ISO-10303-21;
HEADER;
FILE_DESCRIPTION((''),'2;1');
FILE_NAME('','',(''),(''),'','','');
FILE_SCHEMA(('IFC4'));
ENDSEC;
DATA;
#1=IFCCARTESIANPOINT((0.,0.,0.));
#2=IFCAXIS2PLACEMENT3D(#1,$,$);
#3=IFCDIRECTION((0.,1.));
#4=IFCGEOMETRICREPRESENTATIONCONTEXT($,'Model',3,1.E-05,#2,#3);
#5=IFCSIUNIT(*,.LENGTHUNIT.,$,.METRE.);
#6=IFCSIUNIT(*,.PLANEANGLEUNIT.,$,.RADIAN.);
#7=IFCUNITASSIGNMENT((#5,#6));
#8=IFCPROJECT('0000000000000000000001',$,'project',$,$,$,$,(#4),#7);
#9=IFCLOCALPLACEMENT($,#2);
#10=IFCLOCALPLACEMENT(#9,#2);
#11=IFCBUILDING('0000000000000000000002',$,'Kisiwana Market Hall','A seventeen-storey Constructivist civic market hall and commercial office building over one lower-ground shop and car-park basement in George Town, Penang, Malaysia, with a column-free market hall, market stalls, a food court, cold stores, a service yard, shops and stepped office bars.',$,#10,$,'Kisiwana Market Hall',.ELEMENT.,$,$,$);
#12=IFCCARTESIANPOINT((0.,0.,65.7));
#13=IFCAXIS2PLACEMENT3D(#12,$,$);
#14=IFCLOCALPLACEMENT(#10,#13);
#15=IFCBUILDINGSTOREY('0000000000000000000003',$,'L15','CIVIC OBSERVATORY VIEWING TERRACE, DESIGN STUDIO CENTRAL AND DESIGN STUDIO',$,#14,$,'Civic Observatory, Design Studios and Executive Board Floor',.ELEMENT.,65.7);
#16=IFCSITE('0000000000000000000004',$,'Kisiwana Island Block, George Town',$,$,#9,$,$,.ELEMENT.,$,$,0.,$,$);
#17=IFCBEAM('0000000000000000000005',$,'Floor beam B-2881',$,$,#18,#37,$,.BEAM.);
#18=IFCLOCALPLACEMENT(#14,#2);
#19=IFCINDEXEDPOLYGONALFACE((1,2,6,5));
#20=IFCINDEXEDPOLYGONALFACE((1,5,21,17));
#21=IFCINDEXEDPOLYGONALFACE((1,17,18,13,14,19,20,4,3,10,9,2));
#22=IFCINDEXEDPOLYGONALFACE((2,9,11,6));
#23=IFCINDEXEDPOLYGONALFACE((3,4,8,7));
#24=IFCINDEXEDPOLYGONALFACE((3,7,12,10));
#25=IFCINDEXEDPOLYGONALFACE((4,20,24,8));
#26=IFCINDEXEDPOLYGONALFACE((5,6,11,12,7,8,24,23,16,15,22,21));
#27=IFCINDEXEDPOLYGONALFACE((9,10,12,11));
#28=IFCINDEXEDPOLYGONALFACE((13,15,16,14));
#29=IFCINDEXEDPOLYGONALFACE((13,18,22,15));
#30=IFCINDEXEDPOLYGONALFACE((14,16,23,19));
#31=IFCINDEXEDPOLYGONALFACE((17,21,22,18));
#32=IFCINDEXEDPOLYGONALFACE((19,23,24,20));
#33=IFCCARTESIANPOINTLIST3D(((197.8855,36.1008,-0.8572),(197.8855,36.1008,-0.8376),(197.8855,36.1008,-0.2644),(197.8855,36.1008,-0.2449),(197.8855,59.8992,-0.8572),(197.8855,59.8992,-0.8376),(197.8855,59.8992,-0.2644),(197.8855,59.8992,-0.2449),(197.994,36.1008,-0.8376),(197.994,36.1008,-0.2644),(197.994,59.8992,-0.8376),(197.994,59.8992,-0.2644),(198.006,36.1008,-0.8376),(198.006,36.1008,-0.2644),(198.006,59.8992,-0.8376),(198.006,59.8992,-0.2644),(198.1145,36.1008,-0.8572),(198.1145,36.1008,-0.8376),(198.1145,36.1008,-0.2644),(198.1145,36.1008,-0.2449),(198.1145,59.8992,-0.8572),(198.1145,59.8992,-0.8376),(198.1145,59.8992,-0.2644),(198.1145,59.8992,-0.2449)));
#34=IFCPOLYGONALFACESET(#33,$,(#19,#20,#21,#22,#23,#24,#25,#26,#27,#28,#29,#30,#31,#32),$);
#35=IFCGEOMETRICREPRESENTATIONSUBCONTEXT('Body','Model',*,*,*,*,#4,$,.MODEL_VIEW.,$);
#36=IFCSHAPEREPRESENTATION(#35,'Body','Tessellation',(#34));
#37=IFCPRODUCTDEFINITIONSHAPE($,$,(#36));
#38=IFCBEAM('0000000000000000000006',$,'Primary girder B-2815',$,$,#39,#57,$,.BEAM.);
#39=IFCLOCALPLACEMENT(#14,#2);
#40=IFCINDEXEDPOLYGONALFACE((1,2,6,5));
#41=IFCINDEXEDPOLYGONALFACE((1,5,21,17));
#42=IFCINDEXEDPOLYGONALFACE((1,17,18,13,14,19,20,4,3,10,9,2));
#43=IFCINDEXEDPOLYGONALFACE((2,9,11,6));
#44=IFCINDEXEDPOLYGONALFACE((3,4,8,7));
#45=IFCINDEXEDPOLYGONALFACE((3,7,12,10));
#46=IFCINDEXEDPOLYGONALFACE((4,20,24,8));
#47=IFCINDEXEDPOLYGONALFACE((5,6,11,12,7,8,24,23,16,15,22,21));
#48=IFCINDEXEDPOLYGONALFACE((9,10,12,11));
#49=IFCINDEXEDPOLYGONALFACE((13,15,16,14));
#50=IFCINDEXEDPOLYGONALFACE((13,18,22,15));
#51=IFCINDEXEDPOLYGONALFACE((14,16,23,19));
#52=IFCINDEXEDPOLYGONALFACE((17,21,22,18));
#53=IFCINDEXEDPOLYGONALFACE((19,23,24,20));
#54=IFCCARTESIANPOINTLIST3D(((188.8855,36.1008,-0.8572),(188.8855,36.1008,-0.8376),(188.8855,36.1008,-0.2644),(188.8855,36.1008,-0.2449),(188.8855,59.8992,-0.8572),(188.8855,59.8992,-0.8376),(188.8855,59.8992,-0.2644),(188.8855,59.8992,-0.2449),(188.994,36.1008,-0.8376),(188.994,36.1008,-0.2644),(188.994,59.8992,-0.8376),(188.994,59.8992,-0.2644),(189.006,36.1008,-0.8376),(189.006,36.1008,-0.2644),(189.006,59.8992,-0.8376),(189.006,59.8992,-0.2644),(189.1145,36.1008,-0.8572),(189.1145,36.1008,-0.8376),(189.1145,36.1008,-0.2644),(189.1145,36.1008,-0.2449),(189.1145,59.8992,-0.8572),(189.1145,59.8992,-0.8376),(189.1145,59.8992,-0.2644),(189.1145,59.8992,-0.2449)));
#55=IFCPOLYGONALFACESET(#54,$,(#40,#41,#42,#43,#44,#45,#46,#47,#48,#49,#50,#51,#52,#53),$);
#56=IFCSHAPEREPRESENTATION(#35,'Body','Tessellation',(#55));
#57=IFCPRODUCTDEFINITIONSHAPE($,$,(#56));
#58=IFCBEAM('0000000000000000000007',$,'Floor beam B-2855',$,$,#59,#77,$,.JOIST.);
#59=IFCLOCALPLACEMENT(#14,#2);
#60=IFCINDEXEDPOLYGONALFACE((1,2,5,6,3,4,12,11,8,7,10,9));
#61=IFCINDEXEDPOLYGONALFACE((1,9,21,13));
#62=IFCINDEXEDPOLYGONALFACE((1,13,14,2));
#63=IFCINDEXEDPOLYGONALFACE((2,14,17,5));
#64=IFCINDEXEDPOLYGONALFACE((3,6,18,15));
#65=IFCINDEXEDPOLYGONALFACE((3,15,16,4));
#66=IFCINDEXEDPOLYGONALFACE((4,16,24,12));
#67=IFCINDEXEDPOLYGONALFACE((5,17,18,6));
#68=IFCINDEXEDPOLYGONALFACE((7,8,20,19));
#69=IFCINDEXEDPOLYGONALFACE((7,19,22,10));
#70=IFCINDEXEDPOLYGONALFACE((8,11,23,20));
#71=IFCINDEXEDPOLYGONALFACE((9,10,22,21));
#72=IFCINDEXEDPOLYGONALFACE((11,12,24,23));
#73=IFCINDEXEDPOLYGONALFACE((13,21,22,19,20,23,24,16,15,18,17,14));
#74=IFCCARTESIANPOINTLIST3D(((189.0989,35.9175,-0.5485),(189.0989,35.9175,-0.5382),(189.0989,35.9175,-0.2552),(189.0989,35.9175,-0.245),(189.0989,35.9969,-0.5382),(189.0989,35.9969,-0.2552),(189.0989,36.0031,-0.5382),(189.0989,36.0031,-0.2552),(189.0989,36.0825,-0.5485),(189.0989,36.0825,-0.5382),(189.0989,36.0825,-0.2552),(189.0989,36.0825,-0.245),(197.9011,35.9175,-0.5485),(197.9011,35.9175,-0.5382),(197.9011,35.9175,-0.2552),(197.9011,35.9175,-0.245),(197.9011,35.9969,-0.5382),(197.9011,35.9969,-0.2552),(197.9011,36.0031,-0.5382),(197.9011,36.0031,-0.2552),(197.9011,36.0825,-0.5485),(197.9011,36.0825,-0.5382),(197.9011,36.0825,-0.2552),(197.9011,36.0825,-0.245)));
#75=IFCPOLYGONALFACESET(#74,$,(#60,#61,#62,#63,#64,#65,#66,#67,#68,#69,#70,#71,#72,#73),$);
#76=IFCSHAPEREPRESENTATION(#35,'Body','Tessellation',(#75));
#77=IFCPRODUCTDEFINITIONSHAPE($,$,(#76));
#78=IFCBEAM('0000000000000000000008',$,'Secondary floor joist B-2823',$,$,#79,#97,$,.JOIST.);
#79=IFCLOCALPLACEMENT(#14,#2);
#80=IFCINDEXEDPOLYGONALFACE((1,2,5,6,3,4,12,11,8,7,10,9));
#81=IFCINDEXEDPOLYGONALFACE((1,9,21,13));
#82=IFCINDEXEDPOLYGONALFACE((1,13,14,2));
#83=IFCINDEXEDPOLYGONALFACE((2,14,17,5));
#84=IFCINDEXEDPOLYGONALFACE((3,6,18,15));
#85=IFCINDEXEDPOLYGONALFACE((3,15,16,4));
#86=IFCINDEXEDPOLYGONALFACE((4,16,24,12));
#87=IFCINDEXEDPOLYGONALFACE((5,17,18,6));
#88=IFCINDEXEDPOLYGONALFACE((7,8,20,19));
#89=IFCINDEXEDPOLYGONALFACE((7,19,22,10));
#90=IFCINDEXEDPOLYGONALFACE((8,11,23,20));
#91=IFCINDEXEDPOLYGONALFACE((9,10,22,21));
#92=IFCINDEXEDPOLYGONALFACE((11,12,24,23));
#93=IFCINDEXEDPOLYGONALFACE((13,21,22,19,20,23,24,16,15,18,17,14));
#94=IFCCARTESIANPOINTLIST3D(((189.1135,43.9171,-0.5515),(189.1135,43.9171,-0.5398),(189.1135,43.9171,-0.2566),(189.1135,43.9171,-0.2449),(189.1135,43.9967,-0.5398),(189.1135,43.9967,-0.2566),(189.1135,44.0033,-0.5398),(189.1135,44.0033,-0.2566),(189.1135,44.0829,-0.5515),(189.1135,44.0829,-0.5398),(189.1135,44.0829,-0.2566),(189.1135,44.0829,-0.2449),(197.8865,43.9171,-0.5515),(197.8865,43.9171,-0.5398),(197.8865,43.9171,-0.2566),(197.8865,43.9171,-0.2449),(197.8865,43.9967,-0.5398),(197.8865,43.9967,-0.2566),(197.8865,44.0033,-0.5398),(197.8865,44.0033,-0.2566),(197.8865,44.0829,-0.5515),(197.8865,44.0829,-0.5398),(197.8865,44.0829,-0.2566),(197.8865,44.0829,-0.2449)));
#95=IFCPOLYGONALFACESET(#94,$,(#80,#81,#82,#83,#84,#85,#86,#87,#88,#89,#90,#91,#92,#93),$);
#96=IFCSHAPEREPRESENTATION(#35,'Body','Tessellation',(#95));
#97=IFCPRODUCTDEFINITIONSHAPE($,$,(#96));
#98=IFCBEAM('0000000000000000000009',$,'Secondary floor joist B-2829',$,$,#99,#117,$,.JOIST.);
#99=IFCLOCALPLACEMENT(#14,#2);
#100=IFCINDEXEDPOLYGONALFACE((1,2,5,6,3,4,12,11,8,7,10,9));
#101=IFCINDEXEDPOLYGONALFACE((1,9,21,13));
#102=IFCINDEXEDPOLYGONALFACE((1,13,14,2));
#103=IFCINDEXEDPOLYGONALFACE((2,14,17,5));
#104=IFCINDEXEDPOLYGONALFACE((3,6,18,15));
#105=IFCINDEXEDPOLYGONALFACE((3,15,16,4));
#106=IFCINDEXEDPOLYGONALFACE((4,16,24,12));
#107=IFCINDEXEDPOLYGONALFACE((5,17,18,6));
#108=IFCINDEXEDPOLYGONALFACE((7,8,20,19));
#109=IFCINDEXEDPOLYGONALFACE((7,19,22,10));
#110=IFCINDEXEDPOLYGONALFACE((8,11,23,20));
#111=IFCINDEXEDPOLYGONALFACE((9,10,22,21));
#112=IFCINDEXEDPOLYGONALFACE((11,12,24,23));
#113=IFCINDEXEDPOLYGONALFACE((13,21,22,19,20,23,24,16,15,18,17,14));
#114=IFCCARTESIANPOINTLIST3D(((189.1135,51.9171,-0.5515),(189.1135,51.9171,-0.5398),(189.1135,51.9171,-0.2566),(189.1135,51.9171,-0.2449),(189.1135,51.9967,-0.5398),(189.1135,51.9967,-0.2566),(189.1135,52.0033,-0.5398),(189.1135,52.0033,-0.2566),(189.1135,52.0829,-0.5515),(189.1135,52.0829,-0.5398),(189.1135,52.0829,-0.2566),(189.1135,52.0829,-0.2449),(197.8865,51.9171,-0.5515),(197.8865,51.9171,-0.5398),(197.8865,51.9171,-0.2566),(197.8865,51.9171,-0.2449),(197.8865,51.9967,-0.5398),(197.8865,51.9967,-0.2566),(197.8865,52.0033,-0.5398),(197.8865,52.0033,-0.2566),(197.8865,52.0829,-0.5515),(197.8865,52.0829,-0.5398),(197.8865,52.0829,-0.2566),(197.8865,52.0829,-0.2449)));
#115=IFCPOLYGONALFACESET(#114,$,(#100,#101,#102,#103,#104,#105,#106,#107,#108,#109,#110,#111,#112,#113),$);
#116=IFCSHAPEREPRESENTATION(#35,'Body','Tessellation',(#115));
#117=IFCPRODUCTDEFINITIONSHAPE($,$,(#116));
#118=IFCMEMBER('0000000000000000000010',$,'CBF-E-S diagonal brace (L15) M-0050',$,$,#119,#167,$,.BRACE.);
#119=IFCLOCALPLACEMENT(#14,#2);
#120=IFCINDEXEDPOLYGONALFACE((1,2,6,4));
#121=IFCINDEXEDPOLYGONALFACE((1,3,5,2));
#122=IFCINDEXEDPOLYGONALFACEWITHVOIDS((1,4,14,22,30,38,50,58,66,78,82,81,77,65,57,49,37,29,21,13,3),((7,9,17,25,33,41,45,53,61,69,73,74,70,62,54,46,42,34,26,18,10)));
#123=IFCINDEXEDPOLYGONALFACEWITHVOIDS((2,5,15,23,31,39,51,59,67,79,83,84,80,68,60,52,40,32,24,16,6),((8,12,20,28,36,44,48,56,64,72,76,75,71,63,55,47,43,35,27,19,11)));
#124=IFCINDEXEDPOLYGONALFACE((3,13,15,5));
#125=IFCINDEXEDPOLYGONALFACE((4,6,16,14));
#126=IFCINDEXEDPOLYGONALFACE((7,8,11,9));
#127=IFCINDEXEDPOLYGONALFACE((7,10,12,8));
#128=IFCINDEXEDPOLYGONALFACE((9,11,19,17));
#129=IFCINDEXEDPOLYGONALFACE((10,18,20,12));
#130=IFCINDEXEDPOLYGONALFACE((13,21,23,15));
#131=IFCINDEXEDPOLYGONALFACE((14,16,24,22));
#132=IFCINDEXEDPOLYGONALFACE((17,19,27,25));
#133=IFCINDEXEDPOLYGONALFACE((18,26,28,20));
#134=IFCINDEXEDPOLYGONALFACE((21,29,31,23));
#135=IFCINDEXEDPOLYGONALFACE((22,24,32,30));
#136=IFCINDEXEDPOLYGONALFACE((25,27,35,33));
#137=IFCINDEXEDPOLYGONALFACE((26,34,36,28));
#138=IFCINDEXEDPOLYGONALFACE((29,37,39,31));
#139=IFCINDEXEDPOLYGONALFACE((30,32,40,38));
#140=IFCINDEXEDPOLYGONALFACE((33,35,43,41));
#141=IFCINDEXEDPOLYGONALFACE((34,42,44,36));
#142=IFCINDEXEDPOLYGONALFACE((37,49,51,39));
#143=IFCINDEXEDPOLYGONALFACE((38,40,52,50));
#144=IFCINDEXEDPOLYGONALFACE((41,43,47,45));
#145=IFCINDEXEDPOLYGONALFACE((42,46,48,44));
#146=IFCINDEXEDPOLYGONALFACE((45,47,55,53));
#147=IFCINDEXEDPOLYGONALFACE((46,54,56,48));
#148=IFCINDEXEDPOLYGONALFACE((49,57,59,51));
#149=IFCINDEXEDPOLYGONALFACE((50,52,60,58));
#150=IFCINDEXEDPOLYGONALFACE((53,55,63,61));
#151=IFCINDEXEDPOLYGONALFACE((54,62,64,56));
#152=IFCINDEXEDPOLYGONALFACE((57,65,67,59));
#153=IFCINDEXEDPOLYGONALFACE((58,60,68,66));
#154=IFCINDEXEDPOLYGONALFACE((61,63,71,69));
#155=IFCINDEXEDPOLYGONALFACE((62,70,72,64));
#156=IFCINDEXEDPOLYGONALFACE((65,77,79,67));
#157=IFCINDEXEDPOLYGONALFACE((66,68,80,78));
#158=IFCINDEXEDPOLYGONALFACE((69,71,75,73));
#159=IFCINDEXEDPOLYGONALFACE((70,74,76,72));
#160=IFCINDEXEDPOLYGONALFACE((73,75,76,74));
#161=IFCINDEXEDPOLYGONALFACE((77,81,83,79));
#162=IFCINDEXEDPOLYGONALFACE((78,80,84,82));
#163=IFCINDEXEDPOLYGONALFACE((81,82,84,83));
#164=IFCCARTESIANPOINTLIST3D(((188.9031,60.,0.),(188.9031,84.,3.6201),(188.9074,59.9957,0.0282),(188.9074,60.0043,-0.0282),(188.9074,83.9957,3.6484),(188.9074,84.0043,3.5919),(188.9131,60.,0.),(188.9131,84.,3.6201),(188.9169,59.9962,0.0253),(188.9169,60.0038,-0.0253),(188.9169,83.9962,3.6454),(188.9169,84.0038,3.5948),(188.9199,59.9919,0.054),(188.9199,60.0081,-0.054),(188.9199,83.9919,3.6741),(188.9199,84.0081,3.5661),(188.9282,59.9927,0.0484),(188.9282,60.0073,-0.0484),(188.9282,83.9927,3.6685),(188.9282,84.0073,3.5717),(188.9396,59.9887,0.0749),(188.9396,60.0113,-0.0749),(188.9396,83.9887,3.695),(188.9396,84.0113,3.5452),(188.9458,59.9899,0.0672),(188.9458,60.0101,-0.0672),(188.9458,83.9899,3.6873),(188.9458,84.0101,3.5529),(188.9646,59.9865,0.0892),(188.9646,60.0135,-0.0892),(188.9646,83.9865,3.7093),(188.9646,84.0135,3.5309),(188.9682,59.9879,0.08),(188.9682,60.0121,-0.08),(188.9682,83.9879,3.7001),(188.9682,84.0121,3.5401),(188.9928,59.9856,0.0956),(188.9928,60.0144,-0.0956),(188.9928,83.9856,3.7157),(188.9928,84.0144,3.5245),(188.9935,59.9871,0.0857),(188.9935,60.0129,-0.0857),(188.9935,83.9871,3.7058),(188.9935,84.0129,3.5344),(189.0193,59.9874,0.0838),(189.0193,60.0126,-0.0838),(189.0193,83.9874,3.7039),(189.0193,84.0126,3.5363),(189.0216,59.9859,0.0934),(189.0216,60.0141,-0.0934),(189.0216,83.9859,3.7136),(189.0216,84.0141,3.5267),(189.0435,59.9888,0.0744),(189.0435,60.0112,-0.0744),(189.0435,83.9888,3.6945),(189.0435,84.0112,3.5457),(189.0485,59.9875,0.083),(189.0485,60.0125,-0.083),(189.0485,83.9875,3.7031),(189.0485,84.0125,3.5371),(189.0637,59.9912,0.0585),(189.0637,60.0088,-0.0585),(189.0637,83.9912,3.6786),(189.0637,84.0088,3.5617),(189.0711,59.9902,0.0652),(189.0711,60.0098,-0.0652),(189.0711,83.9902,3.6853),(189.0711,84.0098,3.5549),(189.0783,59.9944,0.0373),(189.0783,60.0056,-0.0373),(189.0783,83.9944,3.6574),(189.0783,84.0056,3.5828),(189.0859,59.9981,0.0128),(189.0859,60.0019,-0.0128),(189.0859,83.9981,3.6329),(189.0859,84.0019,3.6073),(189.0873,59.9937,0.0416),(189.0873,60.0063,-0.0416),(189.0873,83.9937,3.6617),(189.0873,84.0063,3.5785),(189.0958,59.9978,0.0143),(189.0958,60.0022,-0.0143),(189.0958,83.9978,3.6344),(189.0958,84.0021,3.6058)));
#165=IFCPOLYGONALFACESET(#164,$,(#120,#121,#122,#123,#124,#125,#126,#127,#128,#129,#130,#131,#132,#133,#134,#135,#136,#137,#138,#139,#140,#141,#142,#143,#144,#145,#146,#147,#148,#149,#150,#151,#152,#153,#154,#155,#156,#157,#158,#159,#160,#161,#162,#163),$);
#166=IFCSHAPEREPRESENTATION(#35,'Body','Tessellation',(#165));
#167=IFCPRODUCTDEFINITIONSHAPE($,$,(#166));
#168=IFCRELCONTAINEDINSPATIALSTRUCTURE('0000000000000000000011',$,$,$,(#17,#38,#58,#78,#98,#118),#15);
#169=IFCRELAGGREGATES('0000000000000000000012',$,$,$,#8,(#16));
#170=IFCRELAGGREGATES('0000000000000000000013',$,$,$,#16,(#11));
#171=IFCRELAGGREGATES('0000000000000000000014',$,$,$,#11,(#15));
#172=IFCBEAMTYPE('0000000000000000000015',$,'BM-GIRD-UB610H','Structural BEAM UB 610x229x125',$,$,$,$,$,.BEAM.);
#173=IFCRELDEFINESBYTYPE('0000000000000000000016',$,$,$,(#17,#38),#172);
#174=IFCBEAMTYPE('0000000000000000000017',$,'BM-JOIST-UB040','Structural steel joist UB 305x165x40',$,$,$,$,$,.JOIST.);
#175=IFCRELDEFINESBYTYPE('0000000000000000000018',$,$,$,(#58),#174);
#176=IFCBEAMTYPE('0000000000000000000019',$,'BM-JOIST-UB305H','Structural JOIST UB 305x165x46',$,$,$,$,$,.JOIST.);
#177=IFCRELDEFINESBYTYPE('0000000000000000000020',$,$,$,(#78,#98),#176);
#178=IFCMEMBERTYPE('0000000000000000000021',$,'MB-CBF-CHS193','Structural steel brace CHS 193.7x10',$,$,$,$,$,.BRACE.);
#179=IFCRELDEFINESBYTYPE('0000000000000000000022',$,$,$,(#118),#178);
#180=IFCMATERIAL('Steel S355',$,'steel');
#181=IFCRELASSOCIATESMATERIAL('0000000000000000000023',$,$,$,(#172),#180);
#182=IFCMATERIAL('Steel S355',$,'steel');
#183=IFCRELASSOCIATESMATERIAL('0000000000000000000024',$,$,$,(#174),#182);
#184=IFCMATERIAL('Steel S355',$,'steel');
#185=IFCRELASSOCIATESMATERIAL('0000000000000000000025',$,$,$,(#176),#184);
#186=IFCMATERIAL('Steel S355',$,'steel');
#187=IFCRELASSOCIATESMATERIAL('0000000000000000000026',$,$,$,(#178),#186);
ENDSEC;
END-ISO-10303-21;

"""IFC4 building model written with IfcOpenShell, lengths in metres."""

from ifc_helpers import new_model, si_unit, direction, frame, origin, origin_2d, place, context, subcontext, project, spatial, hollow_circle, i_section, extrude, material, material_profile, profile_set, type_object, element, save


model = new_model("IFC4")

# Units and contexts
model_context = context("Model", 3, precision=1e-05, world=origin(), true_north=direction((0.0, 1.0)))
body_context = subcontext(model_context, "Body", "Model", "MODEL_VIEW")
ifc_project = project(units=[si_unit("LENGTHUNIT", "METRE"), si_unit("PLANEANGLEUNIT", "RADIAN")], contexts=[model_context])

# Site, building, storey
site_placement = place(None, origin())
site = spatial("IfcSite", under=ifc_project, at=site_placement, Name="Kisiwana Island Block, George Town", CompositionType="ELEMENT", RefElevation=0.0)
building_placement = place(site_placement, origin())
building = spatial("IfcBuilding", under=site, at=building_placement, Name="Kisiwana Market Hall", Description="A seventeen-storey Constructivist civic market hall and commercial office building over one lower-ground shop and car-park basement in George Town, Penang, Malaysia, with a column-free market hall, market stalls, a food court, cold stores, a service yard, shops and stepped office bars.", LongName="Kisiwana Market Hall", CompositionType="ELEMENT")
storey_placement = place(building_placement, frame((0.0, 0.0, 65.7)))
storey = spatial("IfcBuildingStorey", under=building, at=storey_placement, Name="L15", Description="CIVIC OBSERVATORY VIEWING TERRACE, DESIGN STUDIO CENTRAL AND DESIGN STUDIO", LongName="Civic Observatory, Design Studios and Executive Board Floor", CompositionType="ELEMENT", Elevation=65.7)

# Beams
ifc_material_1 = material(Name="Steel S355", Category="steel")
ifc_material_profile_1 = material_profile(ifc_material_1, i_section(OverallWidth=0.229, OverallDepth=0.6123, WebThickness=0.012, FlangeThickness=0.0195, at=origin_2d()), Name="UB 610x229x125")
ifc_profile_set_1 = profile_set([ifc_material_profile_1], Name="Steel S355")
beam_type_1 = type_object("IfcBeamType", Name="BM-GIRD-UB610H", Description="Structural BEAM UB 610x229x125", PredefinedType="BEAM", material=ifc_profile_set_1)
for number, where, z_axis, x_axis, name in (
    (1, (198.0, 36.1008, -0.551), (0.0, 1.0, 0.0), (-1.0, 0.0, 0.0), "Floor beam B-2881"),
    (2, (189.0, 36.1008, -0.551), (0.0, 1.0, 0.0), (-1.0, 0.0, 0.0), "Primary girder B-2815"),
):
    element("IfcBeam", number, at=place(storey_placement, frame(where, z_axis=z_axis, x_axis=x_axis)), inside=storey, type_object=beam_type_1, Name=name, PredefinedType="BEAM", context=body_context, shape_type="SweptSolid", body=[
        extrude(i_section(OverallWidth=0.229, OverallDepth=0.6123, WebThickness=0.012, FlangeThickness=0.0195, at=origin_2d()), origin(), (0.0, 0.0, 1.0), 23.7983),
    ])
ifc_material_2 = material(Name="Steel S355", Category="steel")
ifc_material_profile_2 = material_profile(ifc_material_2, i_section(OverallWidth=0.165, OverallDepth=0.3035, WebThickness=0.0061, FlangeThickness=0.0103, at=origin_2d()), Name="UB 305x165x40")
ifc_profile_set_2 = profile_set([ifc_material_profile_2], Name="Steel S355")
beam_type_2 = type_object("IfcBeamType", Name="BM-JOIST-UB040", Description="Structural steel joist UB 305x165x40", PredefinedType="JOIST", material=ifc_profile_set_2)
beam_1_placement = place(storey_placement, frame((189.0989, 36.0, -0.3967), z_axis=(1.0, 0.0, 0.0), x_axis=(0.0, 1.0, 0.0)))
element("IfcBeam", 3, at=beam_1_placement, inside=storey, type_object=beam_type_2, Name="Floor beam B-2855", PredefinedType="JOIST", context=body_context, shape_type="SweptSolid", body=[
    extrude(i_section(OverallWidth=0.165, OverallDepth=0.3035, WebThickness=0.0061, FlangeThickness=0.0103, at=origin_2d()), origin(), (0.0, 0.0, 1.0), 8.8022),
])
ifc_material_3 = material(Name="Steel S355", Category="steel")
ifc_material_profile_3 = material_profile(ifc_material_3, i_section(OverallWidth=0.1658, OverallDepth=0.3066, WebThickness=0.0066, FlangeThickness=0.0117, at=origin_2d()), Name="UB 305x165x46")
ifc_profile_set_3 = profile_set([ifc_material_profile_3], Name="Steel S355")
beam_type_3 = type_object("IfcBeamType", Name="BM-JOIST-UB305H", Description="Structural JOIST UB 305x165x46", PredefinedType="JOIST", material=ifc_profile_set_3)
for number, where, z_axis, x_axis, name in (
    (4, (189.1135, 44.0, -0.3982), (1.0, 0.0, 0.0), (0.0, 1.0, 0.0), "Secondary floor joist B-2823"),
    (5, (189.1135, 52.0, -0.3982), (1.0, 0.0, 0.0), (0.0, 1.0, 0.0), "Secondary floor joist B-2829"),
):
    element("IfcBeam", number, at=place(storey_placement, frame(where, z_axis=z_axis, x_axis=x_axis)), inside=storey, type_object=beam_type_3, Name=name, PredefinedType="JOIST", context=body_context, shape_type="SweptSolid", body=[
        extrude(i_section(OverallWidth=0.1658, OverallDepth=0.3066, WebThickness=0.0066, FlangeThickness=0.0117, at=origin_2d()), origin(), (0.0, 0.0, 1.0), 8.7729),
    ])

# Member
ifc_material_4 = material(Name="Steel S355", Category="steel")
ifc_material_profile_4 = material_profile(ifc_material_4, hollow_circle(Radius=0.0969, WallThickness=0.01, at=origin_2d()), Name="CHS 193.7x10")
ifc_profile_set_4 = profile_set([ifc_material_profile_4], Name="Steel S355")
member_type = type_object("IfcMemberType", Name="MB-CBF-CHS193", Description="Structural steel brace CHS 193.7x10", PredefinedType="BRACE", material=ifc_profile_set_4)
member_placement = place(storey_placement, frame((189.0, 60.0, 0.0), z_axis=(0.0, 0.988814, 0.149151), x_axis=(-1.0, 0.0, 0.0)))
element("IfcMember", 6, at=member_placement, inside=storey, type_object=member_type, Name="CBF-E-S diagonal brace (L15) M-0050", PredefinedType="BRACE", context=body_context, shape_type="SweptSolid", body=[
    extrude(hollow_circle(Radius=0.0969, WallThickness=0.01, at=origin_2d()), origin(), (0.0, 0.0, 1.0), 24.2715),
])

save(model, "model.ifc")
